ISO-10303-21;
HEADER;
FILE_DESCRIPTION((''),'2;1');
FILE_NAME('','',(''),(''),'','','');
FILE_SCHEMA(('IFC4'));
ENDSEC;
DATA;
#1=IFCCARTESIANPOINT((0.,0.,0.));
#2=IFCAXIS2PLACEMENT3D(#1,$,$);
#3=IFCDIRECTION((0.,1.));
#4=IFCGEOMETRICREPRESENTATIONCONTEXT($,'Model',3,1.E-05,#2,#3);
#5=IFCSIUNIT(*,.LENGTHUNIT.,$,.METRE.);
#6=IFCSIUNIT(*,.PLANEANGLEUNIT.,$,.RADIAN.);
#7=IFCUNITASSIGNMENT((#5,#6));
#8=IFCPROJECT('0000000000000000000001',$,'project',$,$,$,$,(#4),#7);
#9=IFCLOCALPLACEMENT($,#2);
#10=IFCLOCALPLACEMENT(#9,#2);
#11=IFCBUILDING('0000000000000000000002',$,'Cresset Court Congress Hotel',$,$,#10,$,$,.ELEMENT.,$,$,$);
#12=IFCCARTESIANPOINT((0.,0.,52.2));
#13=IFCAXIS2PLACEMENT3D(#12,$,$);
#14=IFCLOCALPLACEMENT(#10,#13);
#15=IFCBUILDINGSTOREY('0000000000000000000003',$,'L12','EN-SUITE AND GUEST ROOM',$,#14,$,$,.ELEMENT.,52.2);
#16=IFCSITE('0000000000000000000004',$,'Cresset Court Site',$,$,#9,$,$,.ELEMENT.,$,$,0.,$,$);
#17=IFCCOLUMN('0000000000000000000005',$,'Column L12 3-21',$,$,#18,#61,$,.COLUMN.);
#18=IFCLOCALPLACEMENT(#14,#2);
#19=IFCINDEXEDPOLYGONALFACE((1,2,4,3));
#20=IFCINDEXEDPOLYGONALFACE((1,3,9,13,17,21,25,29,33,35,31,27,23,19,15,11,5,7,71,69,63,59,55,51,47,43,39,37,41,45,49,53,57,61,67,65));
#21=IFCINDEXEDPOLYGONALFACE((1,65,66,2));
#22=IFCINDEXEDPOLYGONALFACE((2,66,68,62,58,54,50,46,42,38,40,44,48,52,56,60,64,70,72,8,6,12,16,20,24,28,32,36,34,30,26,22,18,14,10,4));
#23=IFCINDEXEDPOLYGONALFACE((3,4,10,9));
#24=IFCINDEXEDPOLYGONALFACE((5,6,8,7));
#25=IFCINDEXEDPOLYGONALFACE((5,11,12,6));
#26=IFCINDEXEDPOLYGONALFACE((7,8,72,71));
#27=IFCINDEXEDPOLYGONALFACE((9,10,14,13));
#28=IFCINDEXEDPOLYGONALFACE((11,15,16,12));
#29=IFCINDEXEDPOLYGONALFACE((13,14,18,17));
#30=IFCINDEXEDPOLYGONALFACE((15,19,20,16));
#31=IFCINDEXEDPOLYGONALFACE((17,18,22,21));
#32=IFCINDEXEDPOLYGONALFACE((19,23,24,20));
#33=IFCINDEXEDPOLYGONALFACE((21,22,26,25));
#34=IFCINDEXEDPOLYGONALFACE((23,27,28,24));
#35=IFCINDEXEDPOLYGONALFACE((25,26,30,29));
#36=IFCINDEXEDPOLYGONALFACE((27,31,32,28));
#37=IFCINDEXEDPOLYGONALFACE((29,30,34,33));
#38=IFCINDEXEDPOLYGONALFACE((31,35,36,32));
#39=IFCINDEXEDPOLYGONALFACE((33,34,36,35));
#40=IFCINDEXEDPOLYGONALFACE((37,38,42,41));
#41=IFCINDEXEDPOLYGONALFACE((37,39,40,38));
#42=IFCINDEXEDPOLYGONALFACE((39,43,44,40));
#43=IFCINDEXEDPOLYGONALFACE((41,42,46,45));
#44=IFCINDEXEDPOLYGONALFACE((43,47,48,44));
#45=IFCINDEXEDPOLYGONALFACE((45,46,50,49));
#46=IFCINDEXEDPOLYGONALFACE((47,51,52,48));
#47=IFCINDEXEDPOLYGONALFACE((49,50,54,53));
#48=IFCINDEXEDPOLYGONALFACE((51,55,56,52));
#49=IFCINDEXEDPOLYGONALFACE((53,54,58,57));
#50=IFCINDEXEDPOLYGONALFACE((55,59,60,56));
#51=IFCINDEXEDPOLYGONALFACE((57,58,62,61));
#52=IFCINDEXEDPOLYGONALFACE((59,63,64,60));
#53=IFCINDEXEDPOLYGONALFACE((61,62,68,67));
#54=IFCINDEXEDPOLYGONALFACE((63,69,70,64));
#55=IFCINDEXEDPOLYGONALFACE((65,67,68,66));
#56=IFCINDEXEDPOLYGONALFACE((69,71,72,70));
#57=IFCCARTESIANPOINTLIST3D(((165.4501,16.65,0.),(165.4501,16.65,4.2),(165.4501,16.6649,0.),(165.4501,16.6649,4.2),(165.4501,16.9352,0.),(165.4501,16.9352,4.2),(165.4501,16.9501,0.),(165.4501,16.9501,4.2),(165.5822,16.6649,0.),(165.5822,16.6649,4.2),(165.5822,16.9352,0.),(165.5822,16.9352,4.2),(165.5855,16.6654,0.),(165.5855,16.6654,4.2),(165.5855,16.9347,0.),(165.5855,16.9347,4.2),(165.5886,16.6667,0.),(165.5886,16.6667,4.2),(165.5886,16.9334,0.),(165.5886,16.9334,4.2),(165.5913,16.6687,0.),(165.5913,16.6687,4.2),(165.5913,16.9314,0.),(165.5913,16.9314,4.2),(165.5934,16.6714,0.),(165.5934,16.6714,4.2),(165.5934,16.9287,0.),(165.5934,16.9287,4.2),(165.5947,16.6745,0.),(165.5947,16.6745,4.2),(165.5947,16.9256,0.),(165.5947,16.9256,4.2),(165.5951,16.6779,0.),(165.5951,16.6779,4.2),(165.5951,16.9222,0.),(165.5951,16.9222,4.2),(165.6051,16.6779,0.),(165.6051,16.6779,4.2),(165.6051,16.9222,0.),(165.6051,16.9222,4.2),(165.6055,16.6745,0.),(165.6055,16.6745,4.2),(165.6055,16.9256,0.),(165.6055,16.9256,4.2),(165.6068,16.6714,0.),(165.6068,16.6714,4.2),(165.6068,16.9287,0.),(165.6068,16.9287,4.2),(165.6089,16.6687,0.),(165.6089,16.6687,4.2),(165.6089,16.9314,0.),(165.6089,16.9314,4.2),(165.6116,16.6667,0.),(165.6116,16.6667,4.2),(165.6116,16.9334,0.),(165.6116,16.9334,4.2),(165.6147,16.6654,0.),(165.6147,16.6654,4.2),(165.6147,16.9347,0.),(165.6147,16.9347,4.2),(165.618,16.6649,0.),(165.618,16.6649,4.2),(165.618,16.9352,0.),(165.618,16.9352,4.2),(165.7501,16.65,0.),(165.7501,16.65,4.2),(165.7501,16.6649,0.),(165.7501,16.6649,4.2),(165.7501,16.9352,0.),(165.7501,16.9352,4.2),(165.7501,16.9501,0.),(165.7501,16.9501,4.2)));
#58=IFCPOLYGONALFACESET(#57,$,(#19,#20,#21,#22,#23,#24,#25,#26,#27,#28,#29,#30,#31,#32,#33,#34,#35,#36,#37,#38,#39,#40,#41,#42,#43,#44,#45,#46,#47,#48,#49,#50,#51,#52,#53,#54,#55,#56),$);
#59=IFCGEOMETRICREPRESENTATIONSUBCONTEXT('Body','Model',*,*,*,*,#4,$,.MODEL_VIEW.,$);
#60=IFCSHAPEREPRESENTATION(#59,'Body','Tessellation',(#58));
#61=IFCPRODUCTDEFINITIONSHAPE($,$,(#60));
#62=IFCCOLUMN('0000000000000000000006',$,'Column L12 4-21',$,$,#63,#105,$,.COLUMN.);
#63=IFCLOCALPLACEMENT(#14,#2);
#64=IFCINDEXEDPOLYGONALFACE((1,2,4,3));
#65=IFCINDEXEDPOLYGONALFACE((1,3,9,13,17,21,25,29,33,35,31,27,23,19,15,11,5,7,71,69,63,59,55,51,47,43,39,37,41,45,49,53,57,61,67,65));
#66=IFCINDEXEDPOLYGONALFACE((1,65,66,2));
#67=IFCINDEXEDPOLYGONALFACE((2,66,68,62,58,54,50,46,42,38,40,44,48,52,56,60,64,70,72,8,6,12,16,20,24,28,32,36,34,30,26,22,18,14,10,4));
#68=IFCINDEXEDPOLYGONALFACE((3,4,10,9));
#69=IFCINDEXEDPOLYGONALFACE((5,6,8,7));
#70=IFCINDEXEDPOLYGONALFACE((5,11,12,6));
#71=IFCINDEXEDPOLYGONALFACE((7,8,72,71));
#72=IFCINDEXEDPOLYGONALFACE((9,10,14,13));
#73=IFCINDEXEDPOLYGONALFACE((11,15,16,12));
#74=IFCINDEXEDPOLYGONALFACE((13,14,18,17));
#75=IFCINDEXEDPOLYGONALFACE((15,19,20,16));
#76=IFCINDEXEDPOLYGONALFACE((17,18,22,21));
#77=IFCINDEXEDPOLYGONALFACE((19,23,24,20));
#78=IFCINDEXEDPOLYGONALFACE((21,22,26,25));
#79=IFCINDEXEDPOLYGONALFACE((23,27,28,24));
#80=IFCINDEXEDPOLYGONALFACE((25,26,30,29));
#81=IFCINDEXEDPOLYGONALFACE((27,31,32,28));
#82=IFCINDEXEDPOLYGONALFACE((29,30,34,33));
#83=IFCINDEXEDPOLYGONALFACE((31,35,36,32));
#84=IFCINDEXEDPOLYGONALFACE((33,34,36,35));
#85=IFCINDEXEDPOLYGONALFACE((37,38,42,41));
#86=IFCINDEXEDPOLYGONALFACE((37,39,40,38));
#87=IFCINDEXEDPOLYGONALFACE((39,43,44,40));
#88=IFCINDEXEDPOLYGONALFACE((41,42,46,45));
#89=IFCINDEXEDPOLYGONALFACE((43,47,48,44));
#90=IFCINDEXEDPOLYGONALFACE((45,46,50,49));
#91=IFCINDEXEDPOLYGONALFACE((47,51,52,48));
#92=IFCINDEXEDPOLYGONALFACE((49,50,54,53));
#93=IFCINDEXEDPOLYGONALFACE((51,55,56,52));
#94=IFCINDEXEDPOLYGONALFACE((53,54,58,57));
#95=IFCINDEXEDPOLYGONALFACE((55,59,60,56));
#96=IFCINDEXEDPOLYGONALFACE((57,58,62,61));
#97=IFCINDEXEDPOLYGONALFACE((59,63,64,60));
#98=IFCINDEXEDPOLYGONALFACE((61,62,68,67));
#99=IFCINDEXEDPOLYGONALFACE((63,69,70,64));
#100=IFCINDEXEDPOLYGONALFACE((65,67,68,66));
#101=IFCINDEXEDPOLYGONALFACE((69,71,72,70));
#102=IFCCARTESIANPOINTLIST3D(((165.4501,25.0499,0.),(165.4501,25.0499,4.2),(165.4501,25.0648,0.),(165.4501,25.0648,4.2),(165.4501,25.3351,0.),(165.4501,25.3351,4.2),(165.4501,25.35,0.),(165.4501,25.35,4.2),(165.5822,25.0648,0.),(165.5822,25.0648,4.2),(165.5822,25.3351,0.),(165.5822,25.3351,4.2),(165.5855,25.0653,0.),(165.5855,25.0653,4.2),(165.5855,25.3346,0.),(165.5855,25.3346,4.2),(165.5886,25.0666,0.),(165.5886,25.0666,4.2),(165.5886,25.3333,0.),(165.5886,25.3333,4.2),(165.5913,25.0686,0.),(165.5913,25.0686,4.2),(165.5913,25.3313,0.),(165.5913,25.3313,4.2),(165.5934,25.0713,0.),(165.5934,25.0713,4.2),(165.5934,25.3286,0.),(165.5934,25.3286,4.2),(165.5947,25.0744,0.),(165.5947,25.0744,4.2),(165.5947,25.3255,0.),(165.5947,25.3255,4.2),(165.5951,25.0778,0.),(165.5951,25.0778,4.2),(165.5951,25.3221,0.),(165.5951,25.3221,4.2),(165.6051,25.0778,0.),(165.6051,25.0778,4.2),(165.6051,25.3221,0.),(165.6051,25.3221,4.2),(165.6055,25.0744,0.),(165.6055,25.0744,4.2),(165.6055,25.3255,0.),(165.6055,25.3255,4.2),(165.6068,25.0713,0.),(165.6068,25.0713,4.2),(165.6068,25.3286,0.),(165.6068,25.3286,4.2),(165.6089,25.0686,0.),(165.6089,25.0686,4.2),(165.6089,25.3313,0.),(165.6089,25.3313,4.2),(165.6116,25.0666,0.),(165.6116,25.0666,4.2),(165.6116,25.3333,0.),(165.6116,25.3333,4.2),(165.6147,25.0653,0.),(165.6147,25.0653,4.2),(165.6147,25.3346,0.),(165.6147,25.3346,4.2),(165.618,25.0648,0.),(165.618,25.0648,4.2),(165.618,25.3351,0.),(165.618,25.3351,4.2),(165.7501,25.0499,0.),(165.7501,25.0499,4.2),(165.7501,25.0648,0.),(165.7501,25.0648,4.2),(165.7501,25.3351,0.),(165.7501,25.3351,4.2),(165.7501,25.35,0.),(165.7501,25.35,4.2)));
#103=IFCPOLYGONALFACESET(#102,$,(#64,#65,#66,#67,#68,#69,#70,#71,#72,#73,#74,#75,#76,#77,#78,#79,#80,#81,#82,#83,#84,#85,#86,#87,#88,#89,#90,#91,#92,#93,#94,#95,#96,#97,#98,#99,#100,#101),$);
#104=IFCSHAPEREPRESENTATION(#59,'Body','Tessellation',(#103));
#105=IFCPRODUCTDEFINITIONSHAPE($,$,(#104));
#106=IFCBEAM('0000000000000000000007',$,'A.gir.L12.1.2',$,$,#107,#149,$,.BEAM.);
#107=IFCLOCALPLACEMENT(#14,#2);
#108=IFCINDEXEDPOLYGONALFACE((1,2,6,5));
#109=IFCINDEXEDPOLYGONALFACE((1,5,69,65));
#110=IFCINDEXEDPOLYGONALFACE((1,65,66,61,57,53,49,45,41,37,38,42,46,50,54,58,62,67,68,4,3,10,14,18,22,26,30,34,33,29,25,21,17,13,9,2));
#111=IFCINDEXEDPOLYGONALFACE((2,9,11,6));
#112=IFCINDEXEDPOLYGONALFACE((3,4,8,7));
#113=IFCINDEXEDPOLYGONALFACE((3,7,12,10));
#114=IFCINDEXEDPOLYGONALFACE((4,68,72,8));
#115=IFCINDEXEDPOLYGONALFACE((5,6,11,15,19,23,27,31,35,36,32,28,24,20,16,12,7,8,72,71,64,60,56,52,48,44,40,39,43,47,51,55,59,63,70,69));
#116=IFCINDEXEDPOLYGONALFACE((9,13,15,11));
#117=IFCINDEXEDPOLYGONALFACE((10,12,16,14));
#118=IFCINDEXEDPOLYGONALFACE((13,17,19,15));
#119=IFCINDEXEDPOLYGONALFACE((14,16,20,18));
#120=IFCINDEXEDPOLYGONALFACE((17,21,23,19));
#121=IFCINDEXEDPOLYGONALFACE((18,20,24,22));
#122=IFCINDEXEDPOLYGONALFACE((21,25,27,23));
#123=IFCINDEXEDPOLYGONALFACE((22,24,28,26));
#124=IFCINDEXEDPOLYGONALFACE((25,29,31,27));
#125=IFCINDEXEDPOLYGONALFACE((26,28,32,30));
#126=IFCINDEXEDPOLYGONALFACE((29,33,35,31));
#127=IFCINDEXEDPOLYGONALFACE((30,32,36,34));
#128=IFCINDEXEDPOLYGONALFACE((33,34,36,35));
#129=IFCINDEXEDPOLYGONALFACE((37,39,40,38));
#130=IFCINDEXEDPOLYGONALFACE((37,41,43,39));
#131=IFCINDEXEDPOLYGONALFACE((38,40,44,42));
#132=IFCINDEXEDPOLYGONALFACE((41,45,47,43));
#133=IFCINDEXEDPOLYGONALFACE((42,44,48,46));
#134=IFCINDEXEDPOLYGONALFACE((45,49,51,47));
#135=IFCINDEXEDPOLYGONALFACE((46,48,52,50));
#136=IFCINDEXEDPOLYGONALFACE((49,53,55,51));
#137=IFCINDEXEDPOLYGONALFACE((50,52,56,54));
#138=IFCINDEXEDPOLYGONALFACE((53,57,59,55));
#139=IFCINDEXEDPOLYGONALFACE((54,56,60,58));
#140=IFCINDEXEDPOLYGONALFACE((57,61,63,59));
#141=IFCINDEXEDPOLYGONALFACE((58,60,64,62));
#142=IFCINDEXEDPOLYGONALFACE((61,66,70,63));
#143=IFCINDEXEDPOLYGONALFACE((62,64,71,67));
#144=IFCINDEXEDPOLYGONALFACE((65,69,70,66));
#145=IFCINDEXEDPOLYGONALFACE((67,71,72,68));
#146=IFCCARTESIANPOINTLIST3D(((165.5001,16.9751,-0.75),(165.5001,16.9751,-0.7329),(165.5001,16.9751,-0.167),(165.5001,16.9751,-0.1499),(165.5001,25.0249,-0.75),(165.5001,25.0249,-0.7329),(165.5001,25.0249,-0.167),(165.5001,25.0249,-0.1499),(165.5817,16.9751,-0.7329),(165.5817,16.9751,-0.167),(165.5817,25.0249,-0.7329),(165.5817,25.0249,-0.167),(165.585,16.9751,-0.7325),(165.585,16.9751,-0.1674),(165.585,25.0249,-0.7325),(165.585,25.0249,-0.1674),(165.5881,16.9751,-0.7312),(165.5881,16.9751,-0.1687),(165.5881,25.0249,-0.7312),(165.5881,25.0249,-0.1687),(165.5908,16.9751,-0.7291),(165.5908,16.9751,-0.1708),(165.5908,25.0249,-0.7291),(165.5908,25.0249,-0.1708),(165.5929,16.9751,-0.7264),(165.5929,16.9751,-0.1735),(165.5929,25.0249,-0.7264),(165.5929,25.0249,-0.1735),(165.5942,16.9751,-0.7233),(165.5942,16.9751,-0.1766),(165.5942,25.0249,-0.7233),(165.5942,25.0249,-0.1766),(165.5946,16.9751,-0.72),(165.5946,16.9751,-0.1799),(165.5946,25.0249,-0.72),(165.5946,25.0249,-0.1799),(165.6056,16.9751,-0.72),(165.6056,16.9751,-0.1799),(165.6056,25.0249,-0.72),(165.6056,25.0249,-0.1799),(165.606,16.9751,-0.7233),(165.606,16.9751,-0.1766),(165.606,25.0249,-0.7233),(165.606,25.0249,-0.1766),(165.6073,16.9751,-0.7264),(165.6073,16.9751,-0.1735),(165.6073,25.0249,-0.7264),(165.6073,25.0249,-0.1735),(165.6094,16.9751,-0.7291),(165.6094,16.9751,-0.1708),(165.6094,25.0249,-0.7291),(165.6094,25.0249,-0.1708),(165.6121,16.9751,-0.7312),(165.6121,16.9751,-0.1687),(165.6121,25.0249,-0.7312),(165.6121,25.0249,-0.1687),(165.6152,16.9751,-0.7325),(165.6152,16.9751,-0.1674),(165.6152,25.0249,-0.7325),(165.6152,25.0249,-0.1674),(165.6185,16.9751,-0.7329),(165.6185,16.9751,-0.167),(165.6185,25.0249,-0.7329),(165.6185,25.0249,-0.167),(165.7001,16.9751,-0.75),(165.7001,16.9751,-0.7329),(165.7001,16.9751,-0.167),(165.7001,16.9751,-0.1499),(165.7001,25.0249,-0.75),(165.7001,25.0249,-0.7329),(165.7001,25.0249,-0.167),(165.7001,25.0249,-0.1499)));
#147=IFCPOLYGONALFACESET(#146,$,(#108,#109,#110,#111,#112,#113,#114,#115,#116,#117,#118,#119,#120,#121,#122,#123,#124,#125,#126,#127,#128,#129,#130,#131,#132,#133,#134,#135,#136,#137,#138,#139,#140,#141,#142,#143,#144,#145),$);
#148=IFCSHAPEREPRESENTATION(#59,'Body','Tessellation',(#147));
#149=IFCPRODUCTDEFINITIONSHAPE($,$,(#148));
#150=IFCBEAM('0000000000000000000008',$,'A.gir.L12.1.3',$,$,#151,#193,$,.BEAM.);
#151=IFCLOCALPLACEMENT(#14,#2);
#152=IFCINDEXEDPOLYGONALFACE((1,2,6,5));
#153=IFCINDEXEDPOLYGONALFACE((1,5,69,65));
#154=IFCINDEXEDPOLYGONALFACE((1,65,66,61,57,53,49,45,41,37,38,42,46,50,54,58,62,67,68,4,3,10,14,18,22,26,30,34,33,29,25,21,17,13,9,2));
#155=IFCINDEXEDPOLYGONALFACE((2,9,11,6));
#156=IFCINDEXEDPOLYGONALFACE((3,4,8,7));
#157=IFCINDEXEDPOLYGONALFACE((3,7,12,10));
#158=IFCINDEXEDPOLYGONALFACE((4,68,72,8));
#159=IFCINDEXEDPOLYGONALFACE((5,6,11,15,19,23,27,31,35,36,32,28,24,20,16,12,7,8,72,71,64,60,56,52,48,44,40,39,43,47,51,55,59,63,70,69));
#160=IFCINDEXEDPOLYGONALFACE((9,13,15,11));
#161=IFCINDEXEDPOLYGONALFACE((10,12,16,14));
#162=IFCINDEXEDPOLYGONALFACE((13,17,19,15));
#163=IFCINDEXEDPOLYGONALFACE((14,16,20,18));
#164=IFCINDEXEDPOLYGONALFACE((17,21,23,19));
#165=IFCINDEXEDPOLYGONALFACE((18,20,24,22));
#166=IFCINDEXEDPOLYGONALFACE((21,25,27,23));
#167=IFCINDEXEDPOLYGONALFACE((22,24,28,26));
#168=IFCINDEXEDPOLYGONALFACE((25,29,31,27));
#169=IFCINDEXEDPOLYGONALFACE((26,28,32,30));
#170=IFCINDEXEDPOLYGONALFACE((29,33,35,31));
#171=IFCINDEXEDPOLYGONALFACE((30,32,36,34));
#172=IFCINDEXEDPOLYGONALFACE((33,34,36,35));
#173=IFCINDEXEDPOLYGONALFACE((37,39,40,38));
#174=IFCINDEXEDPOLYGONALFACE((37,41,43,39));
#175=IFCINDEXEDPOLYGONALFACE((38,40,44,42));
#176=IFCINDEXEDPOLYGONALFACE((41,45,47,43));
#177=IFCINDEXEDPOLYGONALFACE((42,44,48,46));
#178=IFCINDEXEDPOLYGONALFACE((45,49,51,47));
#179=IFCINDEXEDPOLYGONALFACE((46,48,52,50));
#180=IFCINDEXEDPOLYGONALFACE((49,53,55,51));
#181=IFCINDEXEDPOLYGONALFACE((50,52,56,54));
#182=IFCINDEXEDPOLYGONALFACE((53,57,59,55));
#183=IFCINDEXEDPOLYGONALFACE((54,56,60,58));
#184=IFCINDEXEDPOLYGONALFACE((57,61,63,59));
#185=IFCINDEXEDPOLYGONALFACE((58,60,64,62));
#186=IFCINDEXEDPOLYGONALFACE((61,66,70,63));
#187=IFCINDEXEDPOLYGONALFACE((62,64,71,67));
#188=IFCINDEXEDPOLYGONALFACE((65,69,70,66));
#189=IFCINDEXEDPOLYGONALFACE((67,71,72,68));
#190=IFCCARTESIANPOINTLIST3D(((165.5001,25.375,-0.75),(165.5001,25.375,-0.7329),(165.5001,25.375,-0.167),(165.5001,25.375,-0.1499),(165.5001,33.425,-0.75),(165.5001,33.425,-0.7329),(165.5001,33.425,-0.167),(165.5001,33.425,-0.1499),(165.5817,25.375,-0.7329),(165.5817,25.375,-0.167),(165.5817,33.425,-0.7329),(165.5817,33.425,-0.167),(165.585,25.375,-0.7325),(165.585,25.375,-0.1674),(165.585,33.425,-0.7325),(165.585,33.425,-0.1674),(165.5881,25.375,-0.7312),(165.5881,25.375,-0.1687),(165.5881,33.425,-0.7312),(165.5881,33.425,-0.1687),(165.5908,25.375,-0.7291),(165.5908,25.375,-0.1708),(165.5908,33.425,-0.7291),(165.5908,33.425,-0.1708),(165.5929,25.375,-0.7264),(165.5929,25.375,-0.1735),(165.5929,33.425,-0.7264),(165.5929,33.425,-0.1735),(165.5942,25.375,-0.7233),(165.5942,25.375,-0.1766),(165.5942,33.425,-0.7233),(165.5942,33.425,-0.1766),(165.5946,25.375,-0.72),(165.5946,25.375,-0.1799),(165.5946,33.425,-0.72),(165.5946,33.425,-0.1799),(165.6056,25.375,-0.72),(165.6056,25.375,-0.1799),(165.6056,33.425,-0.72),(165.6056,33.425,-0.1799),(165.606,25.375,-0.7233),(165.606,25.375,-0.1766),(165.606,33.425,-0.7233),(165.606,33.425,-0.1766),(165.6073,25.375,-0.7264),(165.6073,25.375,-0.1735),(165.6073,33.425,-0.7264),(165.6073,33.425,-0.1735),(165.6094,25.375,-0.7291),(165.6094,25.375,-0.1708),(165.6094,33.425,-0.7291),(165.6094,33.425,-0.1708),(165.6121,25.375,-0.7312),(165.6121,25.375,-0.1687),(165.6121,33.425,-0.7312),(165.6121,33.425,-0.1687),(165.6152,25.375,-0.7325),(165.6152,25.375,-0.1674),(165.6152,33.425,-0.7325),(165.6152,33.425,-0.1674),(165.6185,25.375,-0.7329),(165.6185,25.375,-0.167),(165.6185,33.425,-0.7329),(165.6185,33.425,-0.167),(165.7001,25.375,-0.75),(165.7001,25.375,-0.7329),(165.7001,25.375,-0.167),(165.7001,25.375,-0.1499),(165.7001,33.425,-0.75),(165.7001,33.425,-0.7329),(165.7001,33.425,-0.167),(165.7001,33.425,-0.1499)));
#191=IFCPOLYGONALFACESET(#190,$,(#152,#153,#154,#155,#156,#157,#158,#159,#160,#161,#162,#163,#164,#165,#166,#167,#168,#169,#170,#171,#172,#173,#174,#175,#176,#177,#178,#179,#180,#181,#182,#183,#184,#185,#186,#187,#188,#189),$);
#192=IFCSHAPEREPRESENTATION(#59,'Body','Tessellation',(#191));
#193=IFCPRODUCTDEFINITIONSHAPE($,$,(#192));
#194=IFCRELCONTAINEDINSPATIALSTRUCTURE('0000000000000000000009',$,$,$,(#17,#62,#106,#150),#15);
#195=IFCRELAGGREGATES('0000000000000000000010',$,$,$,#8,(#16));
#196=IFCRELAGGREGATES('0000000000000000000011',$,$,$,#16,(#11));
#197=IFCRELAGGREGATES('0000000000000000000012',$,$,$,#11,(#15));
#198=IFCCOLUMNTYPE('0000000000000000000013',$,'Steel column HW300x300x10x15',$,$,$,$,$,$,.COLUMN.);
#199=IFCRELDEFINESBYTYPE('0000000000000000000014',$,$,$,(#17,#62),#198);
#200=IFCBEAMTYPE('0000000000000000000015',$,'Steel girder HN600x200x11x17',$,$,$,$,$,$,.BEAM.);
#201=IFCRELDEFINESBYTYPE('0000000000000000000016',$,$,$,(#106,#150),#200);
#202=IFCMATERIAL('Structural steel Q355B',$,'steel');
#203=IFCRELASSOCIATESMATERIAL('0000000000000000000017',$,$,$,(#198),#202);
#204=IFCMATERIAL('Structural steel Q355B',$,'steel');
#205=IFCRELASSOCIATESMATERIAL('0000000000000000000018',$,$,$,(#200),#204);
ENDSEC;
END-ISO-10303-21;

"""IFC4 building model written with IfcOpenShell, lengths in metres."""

from ifc_helpers import new_model, si_unit, direction, frame, origin, origin_2d, place, context, subcontext, project, spatial, i_section, extrude, material, material_profile, profile_set, type_object, element, save


model = new_model("IFC4")

# Units and contexts
model_context = context("Model", 3, precision=1e-05, world=origin(), true_north=direction((0.0, 1.0)))
body_context = subcontext(model_context, "Body", "Model", "MODEL_VIEW")
ifc_project = project(units=[si_unit("LENGTHUNIT", "METRE"), si_unit("PLANEANGLEUNIT", "RADIAN")], contexts=[model_context])

# Site, building, storey
site_placement = place(None, origin())
site = spatial("IfcSite", under=ifc_project, at=site_placement, Name="Cresset Court Site", CompositionType="ELEMENT", RefElevation=0.0)
building_placement = place(site_placement, origin())
building = spatial("IfcBuilding", under=site, at=building_placement, Name="Cresset Court Congress Hotel", CompositionType="ELEMENT")
storey_placement = place(building_placement, frame((0.0, 0.0, 52.2)))
storey = spatial("IfcBuildingStorey", under=building, at=storey_placement, Name="L12", Description="EN-SUITE AND GUEST ROOM", CompositionType="ELEMENT", Elevation=52.2)

# Columns
ifc_material_1 = material(Name="Structural steel Q355B", Category="steel")
ifc_material_profile_1 = material_profile(ifc_material_1, i_section(OverallWidth=0.3, OverallDepth=0.3, WebThickness=0.01, FlangeThickness=0.0149, FilletRadius=0.0129, at=origin_2d()), Name="HW300x300x10x15")
ifc_profile_set_1 = profile_set([ifc_material_profile_1], Name="Structural steel Q355B")
column_type = type_object("IfcColumnType", Name="Steel column HW300x300x10x15", PredefinedType="COLUMN", material=ifc_profile_set_1)
for number, where, z_axis, x_axis, name in (
    (1, (165.6001, 16.8, 0.0), (0.0, 0.0, 1.0), (1.0, 0.0, 0.0), "Column L12 3-21"),
    (2, (165.6001, 25.2, 0.0), (0.0, 0.0, 1.0), (1.0, 0.0, 0.0), "Column L12 4-21"),
):
    element("IfcColumn", number, at=place(storey_placement, frame(where, z_axis=z_axis, x_axis=x_axis)), inside=storey, type_object=column_type, Name=name, PredefinedType="COLUMN", context=body_context, shape_type="SweptSolid", body=[
        extrude(i_section(OverallWidth=0.3, OverallDepth=0.3, WebThickness=0.01, FlangeThickness=0.0149, FilletRadius=0.0129, at=origin_2d()), origin(), (0.0, 0.0, 1.0), 4.2),
    ])

# Beams
ifc_material_2 = material(Name="Structural steel Q355B", Category="steel")
ifc_material_profile_2 = material_profile(ifc_material_2, i_section(OverallWidth=0.2, OverallDepth=0.6001, WebThickness=0.011, FlangeThickness=0.0171, FilletRadius=0.0129, at=origin_2d()), Name="HN600x200x11x17")
ifc_profile_set_2 = profile_set([ifc_material_profile_2], Name="Structural steel Q355B")
beam_type = type_object("IfcBeamType", Name="Steel girder HN600x200x11x17", PredefinedType="BEAM", material=ifc_profile_set_2)
beam_1_placement = place(storey_placement, frame((165.6001, 16.9751, -0.45), z_axis=(0.0, 1.0, 0.0), x_axis=(-1.0, 0.0, 0.0)))
element("IfcBeam", 3, at=beam_1_placement, inside=storey, type_object=beam_type, Name="A.gir.L12.1.2", PredefinedType="BEAM", context=body_context, shape_type="SweptSolid", body=[
    extrude(i_section(OverallWidth=0.2, OverallDepth=0.6001, WebThickness=0.011, FlangeThickness=0.0171, FilletRadius=0.0129, at=origin_2d()), origin(), (0.0, 0.0, 1.0), 8.0498),
])
beam_2_placement = place(storey_placement, frame((165.6001, 25.375, -0.45), z_axis=(0.0, 1.0, 0.0), x_axis=(-1.0, 0.0, 0.0)))
element("IfcBeam", 4, at=beam_2_placement, inside=storey, type_object=beam_type, Name="A.gir.L12.1.3", PredefinedType="BEAM", context=body_context, shape_type="SweptSolid", body=[
    extrude(i_section(OverallWidth=0.2, OverallDepth=0.6001, WebThickness=0.011, FlangeThickness=0.0171, FilletRadius=0.0129, at=origin_2d()), origin(), (0.0, 0.0, 1.0), 8.05),
])

save(model, "model.ifc")
